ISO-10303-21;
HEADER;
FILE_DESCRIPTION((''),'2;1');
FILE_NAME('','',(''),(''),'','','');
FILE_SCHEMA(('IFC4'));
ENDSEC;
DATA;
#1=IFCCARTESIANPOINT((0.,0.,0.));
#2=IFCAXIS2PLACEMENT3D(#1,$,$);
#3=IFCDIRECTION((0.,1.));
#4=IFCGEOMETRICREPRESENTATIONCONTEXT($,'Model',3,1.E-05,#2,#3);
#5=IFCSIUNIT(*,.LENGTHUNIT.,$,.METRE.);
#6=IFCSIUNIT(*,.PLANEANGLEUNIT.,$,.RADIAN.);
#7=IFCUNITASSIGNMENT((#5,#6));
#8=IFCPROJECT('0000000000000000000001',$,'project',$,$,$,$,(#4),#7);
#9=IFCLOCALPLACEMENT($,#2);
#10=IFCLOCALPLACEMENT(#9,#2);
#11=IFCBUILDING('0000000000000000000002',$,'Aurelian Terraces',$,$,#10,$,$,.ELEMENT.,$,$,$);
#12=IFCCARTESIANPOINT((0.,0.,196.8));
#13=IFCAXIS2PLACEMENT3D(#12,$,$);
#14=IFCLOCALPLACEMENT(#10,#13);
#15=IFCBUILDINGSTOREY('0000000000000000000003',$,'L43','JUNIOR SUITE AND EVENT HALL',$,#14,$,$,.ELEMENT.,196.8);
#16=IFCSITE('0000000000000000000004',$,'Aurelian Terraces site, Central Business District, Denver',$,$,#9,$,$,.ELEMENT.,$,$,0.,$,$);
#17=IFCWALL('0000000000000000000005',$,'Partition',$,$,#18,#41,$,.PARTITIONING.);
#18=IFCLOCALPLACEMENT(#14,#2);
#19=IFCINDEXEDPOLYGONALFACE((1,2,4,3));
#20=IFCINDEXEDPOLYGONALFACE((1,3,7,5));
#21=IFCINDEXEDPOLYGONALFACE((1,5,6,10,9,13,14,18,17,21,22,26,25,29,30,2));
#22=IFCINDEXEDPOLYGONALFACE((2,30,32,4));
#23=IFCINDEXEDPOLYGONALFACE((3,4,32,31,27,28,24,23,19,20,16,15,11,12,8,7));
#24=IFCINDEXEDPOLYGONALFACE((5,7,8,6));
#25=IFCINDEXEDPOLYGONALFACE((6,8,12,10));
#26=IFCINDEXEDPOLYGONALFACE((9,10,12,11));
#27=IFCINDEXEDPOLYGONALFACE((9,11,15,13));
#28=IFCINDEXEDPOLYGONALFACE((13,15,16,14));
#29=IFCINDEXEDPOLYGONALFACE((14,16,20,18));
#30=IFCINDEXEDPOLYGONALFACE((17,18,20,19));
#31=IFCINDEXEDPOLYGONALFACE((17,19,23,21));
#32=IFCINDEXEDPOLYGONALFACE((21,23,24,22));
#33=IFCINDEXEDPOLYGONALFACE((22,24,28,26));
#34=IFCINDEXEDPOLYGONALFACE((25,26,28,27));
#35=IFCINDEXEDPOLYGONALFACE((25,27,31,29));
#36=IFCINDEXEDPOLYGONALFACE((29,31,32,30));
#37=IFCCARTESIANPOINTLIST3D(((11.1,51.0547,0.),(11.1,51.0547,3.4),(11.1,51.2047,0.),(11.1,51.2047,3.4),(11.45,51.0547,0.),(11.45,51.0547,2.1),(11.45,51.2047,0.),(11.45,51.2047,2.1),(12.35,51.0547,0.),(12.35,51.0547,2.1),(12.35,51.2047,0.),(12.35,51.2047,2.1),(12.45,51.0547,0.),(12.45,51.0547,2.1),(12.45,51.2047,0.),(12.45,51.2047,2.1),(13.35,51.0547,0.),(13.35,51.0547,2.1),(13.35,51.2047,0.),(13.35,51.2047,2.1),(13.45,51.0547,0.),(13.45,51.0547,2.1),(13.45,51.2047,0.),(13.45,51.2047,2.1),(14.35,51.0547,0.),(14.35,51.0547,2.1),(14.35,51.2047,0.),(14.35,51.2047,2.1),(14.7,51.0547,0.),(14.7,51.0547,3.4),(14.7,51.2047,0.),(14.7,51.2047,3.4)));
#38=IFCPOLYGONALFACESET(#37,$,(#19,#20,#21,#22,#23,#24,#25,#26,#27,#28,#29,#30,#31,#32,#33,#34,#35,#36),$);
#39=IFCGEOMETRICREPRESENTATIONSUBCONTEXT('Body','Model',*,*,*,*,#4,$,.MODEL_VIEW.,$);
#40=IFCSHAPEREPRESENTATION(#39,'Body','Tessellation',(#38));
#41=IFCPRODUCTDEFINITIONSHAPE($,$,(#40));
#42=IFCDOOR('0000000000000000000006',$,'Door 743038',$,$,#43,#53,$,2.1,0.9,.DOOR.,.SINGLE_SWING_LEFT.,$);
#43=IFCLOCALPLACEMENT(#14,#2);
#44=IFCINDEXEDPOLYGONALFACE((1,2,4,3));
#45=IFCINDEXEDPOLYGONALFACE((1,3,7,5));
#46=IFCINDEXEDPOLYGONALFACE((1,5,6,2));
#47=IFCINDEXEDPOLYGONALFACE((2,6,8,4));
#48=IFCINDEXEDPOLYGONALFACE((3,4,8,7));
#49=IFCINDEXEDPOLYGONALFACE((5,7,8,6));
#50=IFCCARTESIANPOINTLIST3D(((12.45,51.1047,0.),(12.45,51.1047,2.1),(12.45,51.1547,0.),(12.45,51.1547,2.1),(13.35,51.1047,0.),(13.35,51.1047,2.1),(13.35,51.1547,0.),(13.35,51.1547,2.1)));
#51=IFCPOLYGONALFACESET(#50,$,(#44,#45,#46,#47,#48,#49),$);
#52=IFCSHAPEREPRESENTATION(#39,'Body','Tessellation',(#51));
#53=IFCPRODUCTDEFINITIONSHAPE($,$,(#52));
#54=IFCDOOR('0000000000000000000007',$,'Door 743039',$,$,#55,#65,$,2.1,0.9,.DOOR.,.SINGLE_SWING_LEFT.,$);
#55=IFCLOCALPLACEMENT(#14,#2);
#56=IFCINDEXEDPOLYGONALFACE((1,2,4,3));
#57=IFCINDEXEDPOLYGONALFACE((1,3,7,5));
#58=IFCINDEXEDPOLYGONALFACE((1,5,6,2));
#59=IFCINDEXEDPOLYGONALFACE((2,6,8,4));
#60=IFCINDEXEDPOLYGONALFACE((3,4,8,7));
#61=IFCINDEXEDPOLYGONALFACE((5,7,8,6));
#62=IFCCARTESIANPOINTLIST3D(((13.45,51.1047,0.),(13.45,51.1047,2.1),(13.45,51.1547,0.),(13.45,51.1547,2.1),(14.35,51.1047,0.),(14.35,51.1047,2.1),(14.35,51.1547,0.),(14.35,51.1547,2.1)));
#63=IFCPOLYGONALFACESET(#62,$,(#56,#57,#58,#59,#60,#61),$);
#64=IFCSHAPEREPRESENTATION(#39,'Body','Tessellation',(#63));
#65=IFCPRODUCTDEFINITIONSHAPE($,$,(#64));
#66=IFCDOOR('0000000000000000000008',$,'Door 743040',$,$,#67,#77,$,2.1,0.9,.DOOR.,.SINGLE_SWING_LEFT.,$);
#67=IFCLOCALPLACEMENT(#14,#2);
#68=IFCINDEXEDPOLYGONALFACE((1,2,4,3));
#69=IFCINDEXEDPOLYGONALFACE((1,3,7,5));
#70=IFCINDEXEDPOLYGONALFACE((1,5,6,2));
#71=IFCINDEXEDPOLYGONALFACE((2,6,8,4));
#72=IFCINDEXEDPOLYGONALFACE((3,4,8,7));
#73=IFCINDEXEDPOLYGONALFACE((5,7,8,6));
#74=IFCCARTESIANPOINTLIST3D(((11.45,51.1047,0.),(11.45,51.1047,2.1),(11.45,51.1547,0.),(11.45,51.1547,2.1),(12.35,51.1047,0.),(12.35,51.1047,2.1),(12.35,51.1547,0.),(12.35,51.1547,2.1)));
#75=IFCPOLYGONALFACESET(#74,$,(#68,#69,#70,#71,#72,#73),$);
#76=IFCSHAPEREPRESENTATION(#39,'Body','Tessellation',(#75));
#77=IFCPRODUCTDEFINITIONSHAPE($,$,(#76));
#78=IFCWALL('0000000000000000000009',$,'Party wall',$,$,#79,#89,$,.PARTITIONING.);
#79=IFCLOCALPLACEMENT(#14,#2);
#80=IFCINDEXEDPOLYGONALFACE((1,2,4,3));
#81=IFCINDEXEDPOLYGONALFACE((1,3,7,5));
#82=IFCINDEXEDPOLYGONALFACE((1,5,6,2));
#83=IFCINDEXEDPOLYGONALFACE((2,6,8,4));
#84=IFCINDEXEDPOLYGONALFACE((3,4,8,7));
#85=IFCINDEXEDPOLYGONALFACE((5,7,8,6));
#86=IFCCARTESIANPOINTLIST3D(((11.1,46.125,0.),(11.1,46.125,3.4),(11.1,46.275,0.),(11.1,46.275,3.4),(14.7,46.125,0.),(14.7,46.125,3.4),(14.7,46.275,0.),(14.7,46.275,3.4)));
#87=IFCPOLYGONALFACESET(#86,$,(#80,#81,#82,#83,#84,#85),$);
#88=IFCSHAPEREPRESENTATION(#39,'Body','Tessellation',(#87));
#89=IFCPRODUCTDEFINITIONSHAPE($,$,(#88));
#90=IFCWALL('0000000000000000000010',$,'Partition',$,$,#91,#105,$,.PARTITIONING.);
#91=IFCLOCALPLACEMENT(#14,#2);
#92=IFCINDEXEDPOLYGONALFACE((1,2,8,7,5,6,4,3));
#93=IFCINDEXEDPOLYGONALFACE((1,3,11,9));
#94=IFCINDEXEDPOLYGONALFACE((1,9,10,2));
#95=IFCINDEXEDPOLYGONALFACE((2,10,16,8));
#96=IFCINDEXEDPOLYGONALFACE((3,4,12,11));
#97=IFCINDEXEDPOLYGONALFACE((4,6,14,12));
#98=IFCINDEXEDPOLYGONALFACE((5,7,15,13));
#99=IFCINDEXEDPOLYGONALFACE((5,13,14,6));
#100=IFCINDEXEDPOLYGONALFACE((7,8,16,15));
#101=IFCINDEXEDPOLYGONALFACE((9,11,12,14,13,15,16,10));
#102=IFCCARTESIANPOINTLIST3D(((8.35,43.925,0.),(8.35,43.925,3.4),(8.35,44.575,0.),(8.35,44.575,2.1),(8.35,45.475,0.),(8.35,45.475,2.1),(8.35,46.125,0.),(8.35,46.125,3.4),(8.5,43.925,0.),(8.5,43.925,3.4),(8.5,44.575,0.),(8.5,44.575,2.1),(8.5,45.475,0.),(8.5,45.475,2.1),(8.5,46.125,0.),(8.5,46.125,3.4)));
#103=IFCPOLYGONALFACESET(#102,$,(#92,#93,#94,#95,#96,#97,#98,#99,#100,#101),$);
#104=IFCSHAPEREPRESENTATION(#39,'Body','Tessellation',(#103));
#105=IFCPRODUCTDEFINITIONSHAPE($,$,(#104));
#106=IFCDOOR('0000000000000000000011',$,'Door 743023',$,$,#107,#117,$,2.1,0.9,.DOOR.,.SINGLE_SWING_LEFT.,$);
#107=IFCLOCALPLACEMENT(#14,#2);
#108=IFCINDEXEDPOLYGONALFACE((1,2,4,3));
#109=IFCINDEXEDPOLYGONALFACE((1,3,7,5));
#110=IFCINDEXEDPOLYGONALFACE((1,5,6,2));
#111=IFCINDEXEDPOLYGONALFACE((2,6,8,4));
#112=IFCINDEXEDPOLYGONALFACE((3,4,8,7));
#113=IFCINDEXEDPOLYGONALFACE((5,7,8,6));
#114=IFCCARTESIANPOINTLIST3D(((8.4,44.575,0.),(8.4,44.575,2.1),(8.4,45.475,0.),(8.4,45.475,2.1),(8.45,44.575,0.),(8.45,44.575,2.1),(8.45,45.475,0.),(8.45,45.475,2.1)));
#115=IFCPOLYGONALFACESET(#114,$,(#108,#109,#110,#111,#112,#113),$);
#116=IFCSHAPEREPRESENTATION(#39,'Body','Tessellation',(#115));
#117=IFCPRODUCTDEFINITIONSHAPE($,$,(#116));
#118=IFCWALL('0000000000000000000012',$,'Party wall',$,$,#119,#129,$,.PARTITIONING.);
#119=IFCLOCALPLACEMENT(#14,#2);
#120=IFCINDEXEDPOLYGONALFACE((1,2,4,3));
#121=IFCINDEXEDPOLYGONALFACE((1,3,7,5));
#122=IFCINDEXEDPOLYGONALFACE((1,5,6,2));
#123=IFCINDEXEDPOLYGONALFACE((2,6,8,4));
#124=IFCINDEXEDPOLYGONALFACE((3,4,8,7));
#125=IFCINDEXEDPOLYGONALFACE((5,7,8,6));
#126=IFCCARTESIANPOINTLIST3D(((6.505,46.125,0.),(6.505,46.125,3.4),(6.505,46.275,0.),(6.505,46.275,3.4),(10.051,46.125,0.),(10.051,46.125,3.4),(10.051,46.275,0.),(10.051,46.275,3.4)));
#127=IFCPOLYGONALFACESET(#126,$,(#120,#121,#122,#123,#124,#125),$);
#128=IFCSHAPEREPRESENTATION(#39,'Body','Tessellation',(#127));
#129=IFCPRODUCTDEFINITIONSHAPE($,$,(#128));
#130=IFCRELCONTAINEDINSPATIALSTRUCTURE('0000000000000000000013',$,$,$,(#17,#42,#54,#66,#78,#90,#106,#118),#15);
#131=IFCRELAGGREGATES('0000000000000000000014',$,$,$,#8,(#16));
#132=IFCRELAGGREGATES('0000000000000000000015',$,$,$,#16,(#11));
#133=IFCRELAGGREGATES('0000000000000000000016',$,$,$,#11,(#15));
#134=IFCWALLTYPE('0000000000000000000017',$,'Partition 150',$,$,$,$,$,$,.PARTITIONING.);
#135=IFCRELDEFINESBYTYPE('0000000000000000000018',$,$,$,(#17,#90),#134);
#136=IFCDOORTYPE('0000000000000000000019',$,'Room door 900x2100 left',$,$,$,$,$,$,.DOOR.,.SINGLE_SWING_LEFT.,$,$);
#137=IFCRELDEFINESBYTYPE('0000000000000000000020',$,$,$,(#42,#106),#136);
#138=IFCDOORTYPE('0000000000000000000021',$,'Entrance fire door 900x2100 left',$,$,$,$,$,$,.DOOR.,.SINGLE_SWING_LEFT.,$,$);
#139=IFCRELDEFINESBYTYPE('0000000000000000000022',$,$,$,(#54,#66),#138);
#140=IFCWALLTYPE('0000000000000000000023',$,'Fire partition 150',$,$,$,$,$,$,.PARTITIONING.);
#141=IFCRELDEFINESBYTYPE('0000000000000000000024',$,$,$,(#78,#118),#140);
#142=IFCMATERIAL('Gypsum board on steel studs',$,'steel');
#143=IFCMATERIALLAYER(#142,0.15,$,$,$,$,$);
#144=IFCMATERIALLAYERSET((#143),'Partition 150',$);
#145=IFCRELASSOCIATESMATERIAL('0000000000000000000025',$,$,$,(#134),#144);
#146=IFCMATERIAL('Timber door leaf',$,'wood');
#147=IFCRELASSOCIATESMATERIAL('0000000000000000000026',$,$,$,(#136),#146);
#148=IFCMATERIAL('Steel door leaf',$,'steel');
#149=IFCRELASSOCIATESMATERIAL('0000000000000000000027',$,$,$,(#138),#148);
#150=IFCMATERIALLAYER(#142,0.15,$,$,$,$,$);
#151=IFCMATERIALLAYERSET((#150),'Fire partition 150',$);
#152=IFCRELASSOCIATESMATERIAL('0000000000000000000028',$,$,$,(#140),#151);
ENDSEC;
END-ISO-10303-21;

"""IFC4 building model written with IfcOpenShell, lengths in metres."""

from ifc_helpers import new_model, si_unit, direction, frame, frame_2d, origin, place, context, subcontext, project, spatial, rectangle, extrude, source, transform, mapped, material, layer, layer_set, type_object, element, fill, save


model = new_model("IFC4")

# Units and contexts
model_context = context("Model", 3, precision=1e-05, world=origin(), true_north=direction((0.0, 1.0)))
body_context = subcontext(model_context, "Body", "Model", "MODEL_VIEW")
ifc_project = project(units=[si_unit("LENGTHUNIT", "METRE"), si_unit("PLANEANGLEUNIT", "RADIAN")], contexts=[model_context])

# Site, building, storey
site_placement = place(None, origin())
site = spatial("IfcSite", under=ifc_project, at=site_placement, Name="Aurelian Terraces site, Central Business District, Denver", CompositionType="ELEMENT", RefElevation=0.0)
building_placement = place(site_placement, origin())
building = spatial("IfcBuilding", under=site, at=building_placement, Name="Aurelian Terraces", CompositionType="ELEMENT")
storey_placement = place(building_placement, frame((0.0, 0.0, 196.8)))
storey = spatial("IfcBuildingStorey", under=building, at=storey_placement, Name="L43", Description="JUNIOR SUITE AND EVENT HALL", CompositionType="ELEMENT", Elevation=196.8)

# Shared definitions
ifc_material_1 = material(Name="Gypsum board on steel studs", Category="steel")
ifc_layer_1 = layer(ifc_material_1, 0.15)
ifc_layer_set_1 = layer_set([ifc_layer_1], Name="Partition 150")
wall_type_1 = type_object("IfcWallType", Name="Partition 150", PredefinedType="PARTITIONING", material=ifc_layer_set_1)
shared_shape_1 = source(origin(), body_context, "Body", "SweptSolid", [
    extrude(rectangle(XDim=3.6, YDim=0.15, at=frame_2d((1.8, 0.0))), origin(), (0.0, 0.0, 1.0), 3.4),
])

# Wall, openings, doors
wall_1_placement = place(storey_placement, frame((14.7, 51.1297, 0.0), z_axis=(0.0, 0.0, 1.0), x_axis=(-1.0, 0.0, 0.0)))
wall_1 = element("IfcWall", 1, at=wall_1_placement, inside=storey, type_object=wall_type_1, Name="Partition", PredefinedType="PARTITIONING", context=body_context, shape_type="MappedRepresentation", body=[
    mapped(shared_shape_1, transform((0.0, 0.0, 0.0), scale=1.0)),
])
shared_shape_2 = source(origin(), body_context, "Body", "SweptSolid", [
    extrude(rectangle(XDim=0.9, YDim=2.1, at=frame_2d((0.45, 1.05))), frame((0.0, 0.085, 0.0), z_axis=(0.0, -1.0, 0.0), x_axis=(1.0, 0.0, 0.0)), (0.0, 0.0, 1.0), 0.17),
])
opening_1_placement = place(wall_1_placement, frame((1.35, 0.0, 0.0)))
opening_1 = element("IfcOpeningElement", 2, at=opening_1_placement, cuts=wall_1, PredefinedType="OPENING", context=body_context, shape_type="MappedRepresentation", body=[
    mapped(shared_shape_2, transform((0.0, 0.0, 0.0), scale=1.0)),
])
opening_2_placement = place(wall_1_placement, frame((0.35, 0.0, 0.0)))
opening_2 = element("IfcOpeningElement", 3, at=opening_2_placement, cuts=wall_1, PredefinedType="OPENING", context=body_context, shape_type="MappedRepresentation", body=[
    mapped(shared_shape_2, transform((0.0, 0.0, 0.0), scale=1.0)),
])
opening_3_placement = place(wall_1_placement, frame((2.35, 0.0, 0.0)))
opening_3 = element("IfcOpeningElement", 4, at=opening_3_placement, cuts=wall_1, PredefinedType="OPENING", context=body_context, shape_type="MappedRepresentation", body=[
    mapped(shared_shape_2, transform((0.0, 0.0, 0.0), scale=1.0)),
])
ifc_material_2 = material(Name="Timber door leaf", Category="wood")
door_type_1 = type_object("IfcDoorType", Name="Room door 900x2100 left", OperationType="SINGLE_SWING_LEFT", PredefinedType="DOOR", material=ifc_material_2)
shared_shape_3 = source(origin(), body_context, "Body", "SweptSolid", [
    extrude(rectangle(XDim=0.9, YDim=2.1, at=frame_2d((0.45, 1.05))), frame((0.0, 0.025, 0.0), z_axis=(0.0, -1.0, 0.0), x_axis=(1.0, 0.0, 0.0)), (0.0, 0.0, 1.0), 0.05),
])
door_1_placement = place(opening_1_placement, origin())
door_1 = element("IfcDoor", 5, at=door_1_placement, inside=storey, type_object=door_type_1, Name="Door 743038", OperationType="SINGLE_SWING_LEFT", OverallHeight=2.1, OverallWidth=0.9, PredefinedType="DOOR", context=body_context, shape_type="MappedRepresentation", body=[
    mapped(shared_shape_3, transform((0.0, 0.0, 0.0), scale=1.0)),
])
fill(opening_1, door_1)
ifc_material_3 = material(Name="Steel door leaf", Category="steel")
door_type_2 = type_object("IfcDoorType", Name="Entrance fire door 900x2100 left", OperationType="SINGLE_SWING_LEFT", PredefinedType="DOOR", material=ifc_material_3)
door_2_placement = place(opening_2_placement, origin())
door_2 = element("IfcDoor", 6, at=door_2_placement, inside=storey, type_object=door_type_2, Name="Door 743039", OperationType="SINGLE_SWING_LEFT", OverallHeight=2.1, OverallWidth=0.9, PredefinedType="DOOR", context=body_context, shape_type="MappedRepresentation", body=[
    mapped(shared_shape_3, transform((0.0, 0.0, 0.0), scale=1.0)),
])
fill(opening_2, door_2)
door_3_placement = place(opening_3_placement, origin())
door_3 = element("IfcDoor", 7, at=door_3_placement, inside=storey, type_object=door_type_2, Name="Door 743040", OperationType="SINGLE_SWING_LEFT", OverallHeight=2.1, OverallWidth=0.9, PredefinedType="DOOR", context=body_context, shape_type="MappedRepresentation", body=[
    mapped(shared_shape_3, transform((0.0, 0.0, 0.0), scale=1.0)),
])
fill(opening_3, door_3)

# Wall
ifc_layer_2 = layer(ifc_material_1, 0.15)
ifc_layer_set_2 = layer_set([ifc_layer_2], Name="Fire partition 150")
wall_type_2 = type_object("IfcWallType", Name="Fire partition 150", PredefinedType="PARTITIONING", material=ifc_layer_set_2)
wall_2_placement = place(storey_placement, frame((14.7, 46.2, 0.0), z_axis=(0.0, 0.0, 1.0), x_axis=(-1.0, 0.0, 0.0)))
element("IfcWall", 8, at=wall_2_placement, inside=storey, type_object=wall_type_2, Name="Party wall", PredefinedType="PARTITIONING", context=body_context, shape_type="MappedRepresentation", body=[
    mapped(shared_shape_1, transform((0.0, 0.0, 0.0), scale=1.0)),
])

# Wall, opening, door
shared_shape_4 = source(origin(), body_context, "Body", "SweptSolid", [
    extrude(rectangle(XDim=2.2, YDim=0.15, at=frame_2d((1.1, 0.0))), origin(), (0.0, 0.0, 1.0), 3.4),
])
wall_3_placement = place(storey_placement, frame((8.425, 43.925, 0.0), z_axis=(0.0, 0.0, 1.0), x_axis=(0.0, 1.0, 0.0)))
wall_3 = element("IfcWall", 9, at=wall_3_placement, inside=storey, type_object=wall_type_1, Name="Partition", PredefinedType="PARTITIONING", context=body_context, shape_type="MappedRepresentation", body=[
    mapped(shared_shape_4, transform((0.0, 0.0, 0.0), scale=1.0)),
])
opening_4_placement = place(wall_3_placement, frame((0.65, 0.0, 0.0)))
opening_4 = element("IfcOpeningElement", 10, at=opening_4_placement, cuts=wall_3, PredefinedType="OPENING", context=body_context, shape_type="MappedRepresentation", body=[
    mapped(shared_shape_2, transform((0.0, 0.0, 0.0), scale=1.0)),
])
door_4_placement = place(opening_4_placement, origin())
door_4 = element("IfcDoor", 11, at=door_4_placement, inside=storey, type_object=door_type_1, Name="Door 743023", OperationType="SINGLE_SWING_LEFT", OverallHeight=2.1, OverallWidth=0.9, PredefinedType="DOOR", context=body_context, shape_type="MappedRepresentation", body=[
    mapped(shared_shape_3, transform((0.0, 0.0, 0.0), scale=1.0)),
])
fill(opening_4, door_4)

# Wall
shared_shape_5 = source(origin(), body_context, "Body", "SweptSolid", [
    extrude(rectangle(XDim=3.546, YDim=0.15, at=frame_2d((1.773, 0.0))), origin(), (0.0, 0.0, 1.0), 3.4),
])
wall_4_placement = place(storey_placement, frame((10.051, 46.2, 0.0), z_axis=(0.0, 0.0, 1.0), x_axis=(-1.0, 0.0, 0.0)))
element("IfcWall", 12, at=wall_4_placement, inside=storey, type_object=wall_type_2, Name="Party wall", PredefinedType="PARTITIONING", context=body_context, shape_type="MappedRepresentation", body=[
    mapped(shared_shape_5, transform((0.0, 0.0, 0.0), scale=1.0)),
])

save(model, "model.ifc")
